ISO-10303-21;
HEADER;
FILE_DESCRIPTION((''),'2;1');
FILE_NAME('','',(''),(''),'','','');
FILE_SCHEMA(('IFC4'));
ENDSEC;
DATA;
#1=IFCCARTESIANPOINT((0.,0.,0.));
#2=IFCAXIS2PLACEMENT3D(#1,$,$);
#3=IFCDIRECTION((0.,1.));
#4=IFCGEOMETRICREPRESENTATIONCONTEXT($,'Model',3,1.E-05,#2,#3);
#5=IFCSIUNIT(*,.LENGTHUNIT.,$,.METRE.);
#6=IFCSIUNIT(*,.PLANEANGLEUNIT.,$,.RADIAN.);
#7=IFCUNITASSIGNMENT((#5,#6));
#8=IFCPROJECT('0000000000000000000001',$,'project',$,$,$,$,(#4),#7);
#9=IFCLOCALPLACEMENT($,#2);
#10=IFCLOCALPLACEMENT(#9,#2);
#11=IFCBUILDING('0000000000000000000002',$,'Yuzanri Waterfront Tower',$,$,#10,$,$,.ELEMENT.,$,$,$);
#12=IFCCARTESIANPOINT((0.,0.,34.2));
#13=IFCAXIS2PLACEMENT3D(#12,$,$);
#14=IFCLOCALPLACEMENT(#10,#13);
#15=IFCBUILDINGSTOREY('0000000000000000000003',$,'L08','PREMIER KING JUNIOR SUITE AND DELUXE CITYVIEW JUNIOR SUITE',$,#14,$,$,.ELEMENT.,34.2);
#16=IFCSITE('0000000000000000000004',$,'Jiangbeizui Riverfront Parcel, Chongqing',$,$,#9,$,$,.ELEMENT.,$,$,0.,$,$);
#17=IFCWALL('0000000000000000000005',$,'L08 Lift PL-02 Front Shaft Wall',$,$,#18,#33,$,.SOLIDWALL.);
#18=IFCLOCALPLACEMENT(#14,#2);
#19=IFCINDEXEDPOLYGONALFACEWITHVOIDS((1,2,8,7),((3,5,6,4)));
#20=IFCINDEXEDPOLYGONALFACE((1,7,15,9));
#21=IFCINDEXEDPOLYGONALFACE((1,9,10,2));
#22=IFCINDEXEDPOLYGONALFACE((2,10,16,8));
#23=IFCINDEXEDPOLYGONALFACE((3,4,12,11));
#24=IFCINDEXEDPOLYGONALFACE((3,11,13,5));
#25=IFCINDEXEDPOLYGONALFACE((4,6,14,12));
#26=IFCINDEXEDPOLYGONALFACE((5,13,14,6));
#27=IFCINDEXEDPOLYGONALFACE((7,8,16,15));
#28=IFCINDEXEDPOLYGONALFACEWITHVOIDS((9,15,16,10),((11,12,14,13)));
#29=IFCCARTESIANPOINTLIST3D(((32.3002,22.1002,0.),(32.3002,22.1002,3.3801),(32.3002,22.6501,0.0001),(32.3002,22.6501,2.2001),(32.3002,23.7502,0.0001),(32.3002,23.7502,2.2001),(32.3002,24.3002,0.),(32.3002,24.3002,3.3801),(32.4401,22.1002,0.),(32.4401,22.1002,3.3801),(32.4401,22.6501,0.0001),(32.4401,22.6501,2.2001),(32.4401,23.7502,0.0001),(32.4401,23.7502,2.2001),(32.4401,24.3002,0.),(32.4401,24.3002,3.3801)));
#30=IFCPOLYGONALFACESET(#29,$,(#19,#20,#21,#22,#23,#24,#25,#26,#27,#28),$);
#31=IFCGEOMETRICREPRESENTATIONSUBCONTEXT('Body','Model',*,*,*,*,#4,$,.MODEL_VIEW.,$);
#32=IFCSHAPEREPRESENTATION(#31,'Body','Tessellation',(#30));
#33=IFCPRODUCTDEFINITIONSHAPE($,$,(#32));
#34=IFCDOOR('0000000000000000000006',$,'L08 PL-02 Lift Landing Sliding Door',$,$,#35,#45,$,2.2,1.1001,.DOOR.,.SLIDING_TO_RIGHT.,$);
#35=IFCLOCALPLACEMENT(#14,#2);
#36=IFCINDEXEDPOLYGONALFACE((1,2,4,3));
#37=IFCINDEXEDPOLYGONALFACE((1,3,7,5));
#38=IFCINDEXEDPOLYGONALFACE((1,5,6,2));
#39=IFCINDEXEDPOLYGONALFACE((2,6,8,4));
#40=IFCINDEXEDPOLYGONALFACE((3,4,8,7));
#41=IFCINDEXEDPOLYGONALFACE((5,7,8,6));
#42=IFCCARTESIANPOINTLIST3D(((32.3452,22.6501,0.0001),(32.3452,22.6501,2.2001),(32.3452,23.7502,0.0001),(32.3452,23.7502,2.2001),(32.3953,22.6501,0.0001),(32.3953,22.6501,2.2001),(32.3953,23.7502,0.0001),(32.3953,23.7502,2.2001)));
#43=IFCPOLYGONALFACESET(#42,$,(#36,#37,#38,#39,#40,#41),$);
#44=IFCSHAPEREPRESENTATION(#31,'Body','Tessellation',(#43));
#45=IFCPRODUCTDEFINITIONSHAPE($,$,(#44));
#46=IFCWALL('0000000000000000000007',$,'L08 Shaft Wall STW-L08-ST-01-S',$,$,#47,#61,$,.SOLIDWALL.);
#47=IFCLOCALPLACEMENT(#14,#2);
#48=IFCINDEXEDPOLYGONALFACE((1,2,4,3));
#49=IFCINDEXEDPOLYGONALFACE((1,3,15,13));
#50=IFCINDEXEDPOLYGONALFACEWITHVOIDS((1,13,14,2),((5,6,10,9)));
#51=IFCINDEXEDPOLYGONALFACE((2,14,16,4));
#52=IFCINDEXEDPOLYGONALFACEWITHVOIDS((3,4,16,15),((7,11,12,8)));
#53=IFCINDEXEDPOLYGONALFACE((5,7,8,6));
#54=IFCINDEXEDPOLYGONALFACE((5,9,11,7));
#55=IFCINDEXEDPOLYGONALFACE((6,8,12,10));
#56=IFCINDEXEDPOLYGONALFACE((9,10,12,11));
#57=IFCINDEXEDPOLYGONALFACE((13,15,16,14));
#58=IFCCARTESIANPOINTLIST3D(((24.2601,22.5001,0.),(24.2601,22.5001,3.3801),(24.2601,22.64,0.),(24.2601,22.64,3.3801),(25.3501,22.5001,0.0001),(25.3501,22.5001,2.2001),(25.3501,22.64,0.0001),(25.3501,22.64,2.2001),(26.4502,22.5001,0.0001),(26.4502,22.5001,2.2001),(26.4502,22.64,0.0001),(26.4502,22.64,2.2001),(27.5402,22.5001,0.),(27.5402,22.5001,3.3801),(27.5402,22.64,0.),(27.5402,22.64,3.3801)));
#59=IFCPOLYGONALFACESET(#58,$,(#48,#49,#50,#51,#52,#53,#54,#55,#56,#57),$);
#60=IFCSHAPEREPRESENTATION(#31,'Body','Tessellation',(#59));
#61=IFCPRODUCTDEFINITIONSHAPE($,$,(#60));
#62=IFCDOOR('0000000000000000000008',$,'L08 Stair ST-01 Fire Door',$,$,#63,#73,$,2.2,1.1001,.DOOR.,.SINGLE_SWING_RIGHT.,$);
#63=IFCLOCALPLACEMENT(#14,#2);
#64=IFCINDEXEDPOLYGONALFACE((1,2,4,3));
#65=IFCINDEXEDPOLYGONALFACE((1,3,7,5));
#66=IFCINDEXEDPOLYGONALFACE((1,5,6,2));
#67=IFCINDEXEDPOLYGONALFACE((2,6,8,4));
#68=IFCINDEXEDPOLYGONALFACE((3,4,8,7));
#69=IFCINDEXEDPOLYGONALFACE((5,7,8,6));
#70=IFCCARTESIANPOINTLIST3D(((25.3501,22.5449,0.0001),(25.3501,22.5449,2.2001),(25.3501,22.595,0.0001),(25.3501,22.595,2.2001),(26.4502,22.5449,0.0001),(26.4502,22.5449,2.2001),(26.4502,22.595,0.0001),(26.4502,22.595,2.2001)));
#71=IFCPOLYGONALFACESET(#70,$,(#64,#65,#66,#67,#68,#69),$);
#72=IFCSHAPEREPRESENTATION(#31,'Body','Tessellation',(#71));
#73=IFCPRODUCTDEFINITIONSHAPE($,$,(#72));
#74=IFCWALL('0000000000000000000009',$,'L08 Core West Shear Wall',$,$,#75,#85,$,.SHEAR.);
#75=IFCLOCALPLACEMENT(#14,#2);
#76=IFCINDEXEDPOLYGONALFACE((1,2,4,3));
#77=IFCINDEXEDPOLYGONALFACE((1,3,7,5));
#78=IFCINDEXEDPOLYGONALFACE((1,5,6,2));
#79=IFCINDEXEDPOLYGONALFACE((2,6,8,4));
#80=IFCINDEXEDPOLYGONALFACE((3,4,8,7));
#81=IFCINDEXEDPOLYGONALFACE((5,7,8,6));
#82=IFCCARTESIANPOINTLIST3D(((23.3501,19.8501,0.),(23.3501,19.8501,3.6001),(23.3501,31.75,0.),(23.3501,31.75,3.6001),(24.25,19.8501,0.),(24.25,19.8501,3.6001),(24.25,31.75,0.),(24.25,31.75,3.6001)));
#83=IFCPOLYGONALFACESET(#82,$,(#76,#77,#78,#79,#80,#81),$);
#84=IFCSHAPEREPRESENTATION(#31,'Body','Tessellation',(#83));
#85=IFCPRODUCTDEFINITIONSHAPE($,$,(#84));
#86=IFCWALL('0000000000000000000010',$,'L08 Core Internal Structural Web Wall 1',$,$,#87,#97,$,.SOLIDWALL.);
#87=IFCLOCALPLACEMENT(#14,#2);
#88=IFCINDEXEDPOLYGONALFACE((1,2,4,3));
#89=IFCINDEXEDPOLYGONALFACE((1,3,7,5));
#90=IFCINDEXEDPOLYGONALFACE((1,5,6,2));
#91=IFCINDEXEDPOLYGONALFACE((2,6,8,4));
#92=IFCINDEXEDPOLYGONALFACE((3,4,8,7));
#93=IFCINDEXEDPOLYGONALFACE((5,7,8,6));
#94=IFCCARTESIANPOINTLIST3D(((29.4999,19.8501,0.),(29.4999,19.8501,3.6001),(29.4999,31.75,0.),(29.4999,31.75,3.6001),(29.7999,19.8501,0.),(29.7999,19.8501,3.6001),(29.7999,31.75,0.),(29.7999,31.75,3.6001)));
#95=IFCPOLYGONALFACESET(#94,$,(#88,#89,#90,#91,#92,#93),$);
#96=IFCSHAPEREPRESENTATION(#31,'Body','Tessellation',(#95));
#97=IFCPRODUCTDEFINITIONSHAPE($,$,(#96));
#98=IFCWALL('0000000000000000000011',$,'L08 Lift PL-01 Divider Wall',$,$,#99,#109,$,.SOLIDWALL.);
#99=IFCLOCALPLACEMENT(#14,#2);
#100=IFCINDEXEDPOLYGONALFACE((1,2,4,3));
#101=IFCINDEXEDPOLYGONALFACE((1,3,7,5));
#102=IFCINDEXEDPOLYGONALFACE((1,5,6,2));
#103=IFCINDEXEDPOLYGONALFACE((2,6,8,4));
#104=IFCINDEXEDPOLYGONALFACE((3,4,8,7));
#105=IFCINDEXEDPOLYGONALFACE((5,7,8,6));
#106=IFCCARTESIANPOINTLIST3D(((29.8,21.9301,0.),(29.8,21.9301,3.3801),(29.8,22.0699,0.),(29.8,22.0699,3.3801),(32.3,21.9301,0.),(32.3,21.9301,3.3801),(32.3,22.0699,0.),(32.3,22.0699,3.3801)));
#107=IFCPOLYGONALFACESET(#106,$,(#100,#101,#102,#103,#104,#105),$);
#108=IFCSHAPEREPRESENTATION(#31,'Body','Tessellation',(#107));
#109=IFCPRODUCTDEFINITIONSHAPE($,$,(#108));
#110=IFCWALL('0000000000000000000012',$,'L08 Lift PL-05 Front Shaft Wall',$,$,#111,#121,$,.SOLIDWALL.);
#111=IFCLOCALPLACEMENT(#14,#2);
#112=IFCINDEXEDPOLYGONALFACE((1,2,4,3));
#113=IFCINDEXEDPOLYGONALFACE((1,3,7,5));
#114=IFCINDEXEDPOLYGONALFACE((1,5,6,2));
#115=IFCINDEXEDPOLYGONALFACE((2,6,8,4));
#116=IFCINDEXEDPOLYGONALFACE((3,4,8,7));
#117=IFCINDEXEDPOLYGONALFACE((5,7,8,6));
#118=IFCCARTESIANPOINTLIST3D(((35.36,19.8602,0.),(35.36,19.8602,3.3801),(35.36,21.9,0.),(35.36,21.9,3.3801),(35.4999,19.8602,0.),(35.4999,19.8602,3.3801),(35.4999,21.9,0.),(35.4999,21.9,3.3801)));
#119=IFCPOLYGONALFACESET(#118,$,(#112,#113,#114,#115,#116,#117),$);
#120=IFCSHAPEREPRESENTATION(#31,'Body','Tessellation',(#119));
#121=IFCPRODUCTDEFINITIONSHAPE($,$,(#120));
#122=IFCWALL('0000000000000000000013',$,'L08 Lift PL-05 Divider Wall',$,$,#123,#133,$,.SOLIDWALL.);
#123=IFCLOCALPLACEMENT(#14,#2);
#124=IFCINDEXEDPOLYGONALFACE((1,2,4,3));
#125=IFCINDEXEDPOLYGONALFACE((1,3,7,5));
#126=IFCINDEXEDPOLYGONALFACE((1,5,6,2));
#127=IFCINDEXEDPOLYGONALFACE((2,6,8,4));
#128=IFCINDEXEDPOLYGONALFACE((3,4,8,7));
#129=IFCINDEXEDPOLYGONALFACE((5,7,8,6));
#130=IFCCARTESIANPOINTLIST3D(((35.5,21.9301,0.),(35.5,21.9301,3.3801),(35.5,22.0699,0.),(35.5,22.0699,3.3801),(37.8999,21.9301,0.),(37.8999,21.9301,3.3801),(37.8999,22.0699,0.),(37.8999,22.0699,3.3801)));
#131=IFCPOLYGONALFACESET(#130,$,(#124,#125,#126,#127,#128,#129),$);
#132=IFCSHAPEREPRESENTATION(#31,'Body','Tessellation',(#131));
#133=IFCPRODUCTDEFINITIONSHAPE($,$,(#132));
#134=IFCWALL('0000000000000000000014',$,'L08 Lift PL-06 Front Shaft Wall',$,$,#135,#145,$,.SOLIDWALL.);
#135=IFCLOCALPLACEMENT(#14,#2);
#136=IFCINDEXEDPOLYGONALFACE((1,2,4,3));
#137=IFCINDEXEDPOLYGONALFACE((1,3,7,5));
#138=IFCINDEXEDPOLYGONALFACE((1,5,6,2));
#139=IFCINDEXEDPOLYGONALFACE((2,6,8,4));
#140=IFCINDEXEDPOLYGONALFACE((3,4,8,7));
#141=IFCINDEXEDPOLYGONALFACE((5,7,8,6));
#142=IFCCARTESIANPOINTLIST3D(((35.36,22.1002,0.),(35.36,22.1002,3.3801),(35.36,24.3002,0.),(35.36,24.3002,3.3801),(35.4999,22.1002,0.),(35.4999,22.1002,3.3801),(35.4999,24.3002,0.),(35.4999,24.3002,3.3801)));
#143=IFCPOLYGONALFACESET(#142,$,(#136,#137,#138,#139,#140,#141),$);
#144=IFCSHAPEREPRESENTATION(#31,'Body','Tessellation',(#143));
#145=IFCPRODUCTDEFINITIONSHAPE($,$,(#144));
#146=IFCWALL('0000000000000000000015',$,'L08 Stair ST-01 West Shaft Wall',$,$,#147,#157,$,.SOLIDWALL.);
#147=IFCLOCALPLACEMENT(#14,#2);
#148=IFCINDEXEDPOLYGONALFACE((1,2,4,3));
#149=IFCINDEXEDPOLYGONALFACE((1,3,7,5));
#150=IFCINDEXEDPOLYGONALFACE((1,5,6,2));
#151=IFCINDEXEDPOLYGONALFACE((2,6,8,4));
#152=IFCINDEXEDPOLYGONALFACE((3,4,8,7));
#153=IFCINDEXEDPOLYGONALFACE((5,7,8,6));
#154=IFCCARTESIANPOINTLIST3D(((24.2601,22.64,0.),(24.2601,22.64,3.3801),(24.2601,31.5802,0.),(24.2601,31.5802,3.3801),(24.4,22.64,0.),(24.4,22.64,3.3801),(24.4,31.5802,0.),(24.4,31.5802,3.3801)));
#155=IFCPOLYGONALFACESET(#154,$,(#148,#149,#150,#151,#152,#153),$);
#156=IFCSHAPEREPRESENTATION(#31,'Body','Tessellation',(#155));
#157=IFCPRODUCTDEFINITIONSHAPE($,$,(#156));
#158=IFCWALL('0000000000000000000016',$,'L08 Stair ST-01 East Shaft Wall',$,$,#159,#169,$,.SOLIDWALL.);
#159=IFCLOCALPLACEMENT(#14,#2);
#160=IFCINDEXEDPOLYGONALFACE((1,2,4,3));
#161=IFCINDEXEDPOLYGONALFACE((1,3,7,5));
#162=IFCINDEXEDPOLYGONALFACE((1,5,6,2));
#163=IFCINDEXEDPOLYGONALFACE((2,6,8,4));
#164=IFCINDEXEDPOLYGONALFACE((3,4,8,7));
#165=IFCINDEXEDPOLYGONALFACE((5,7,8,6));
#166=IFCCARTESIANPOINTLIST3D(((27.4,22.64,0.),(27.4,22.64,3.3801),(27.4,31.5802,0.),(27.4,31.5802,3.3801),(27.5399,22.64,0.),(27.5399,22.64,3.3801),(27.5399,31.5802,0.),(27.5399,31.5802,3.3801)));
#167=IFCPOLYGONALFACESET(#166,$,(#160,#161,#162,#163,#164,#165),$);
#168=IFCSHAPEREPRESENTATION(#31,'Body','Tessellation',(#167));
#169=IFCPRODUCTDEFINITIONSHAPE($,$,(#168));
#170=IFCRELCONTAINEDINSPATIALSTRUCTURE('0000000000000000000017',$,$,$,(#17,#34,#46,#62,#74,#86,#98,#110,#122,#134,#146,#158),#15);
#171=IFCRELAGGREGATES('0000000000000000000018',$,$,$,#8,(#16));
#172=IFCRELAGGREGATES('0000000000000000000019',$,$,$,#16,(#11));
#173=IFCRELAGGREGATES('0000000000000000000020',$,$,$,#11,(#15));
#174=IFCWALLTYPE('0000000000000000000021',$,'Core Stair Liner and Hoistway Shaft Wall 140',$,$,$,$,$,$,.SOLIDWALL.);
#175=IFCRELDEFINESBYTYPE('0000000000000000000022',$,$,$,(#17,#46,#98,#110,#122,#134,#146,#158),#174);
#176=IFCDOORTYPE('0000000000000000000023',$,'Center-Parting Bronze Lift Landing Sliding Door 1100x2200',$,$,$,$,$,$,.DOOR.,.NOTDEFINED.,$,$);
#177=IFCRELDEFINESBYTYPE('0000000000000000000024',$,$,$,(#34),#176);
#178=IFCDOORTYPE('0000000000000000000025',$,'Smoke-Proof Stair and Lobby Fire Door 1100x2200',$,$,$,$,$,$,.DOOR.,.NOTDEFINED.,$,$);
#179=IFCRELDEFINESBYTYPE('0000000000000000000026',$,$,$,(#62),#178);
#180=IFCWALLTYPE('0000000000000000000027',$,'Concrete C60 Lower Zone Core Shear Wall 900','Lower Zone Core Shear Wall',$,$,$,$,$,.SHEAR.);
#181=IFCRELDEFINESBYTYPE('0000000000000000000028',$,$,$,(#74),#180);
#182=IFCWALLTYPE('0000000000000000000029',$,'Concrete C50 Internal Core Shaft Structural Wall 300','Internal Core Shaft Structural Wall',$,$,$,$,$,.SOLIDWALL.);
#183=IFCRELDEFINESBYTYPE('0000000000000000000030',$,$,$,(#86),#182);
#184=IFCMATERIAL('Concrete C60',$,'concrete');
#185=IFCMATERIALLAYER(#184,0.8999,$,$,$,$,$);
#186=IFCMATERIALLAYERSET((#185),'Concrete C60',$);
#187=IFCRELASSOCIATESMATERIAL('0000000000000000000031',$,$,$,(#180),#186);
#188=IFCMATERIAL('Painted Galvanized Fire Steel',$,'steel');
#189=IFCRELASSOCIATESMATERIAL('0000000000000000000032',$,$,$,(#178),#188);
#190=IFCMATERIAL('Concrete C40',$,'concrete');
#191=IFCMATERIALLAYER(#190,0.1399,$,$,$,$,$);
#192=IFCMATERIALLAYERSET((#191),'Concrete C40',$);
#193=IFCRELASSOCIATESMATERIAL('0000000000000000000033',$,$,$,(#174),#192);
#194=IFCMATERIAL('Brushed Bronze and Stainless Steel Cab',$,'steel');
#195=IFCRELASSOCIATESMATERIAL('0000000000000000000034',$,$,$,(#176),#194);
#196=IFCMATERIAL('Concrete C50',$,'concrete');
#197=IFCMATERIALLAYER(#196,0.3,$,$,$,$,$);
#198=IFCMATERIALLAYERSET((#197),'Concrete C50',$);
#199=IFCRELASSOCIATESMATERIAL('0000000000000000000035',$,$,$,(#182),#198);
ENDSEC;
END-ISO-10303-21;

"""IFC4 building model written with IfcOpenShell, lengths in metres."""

from ifc_helpers import new_model, si_unit, direction, frame, frame_2d, origin, place, context, subcontext, project, spatial, rectangle, extrude, source, transform, mapped, material, layer, layer_set, type_object, element, fill, save


model = new_model("IFC4")

# Units and contexts
model_context = context("Model", 3, precision=1e-05, world=origin(), true_north=direction((0.0, 1.0)))
body_context = subcontext(model_context, "Body", "Model", "MODEL_VIEW")
ifc_project = project(units=[si_unit("LENGTHUNIT", "METRE"), si_unit("PLANEANGLEUNIT", "RADIAN")], contexts=[model_context])

# Site, building, storey
site_placement = place(None, origin())
site = spatial("IfcSite", under=ifc_project, at=site_placement, Name="Jiangbeizui Riverfront Parcel, Chongqing", CompositionType="ELEMENT", RefElevation=0.0)
building_placement = place(site_placement, origin())
building = spatial("IfcBuilding", under=site, at=building_placement, Name="Yuzanri Waterfront Tower", CompositionType="ELEMENT")
storey_placement = place(building_placement, frame((0.0, 0.0, 34.2)))
storey = spatial("IfcBuildingStorey", under=building, at=storey_placement, Name="L08", Description="PREMIER KING JUNIOR SUITE AND DELUXE CITYVIEW JUNIOR SUITE", CompositionType="ELEMENT", Elevation=34.2)

# Shared definitions
ifc_material_1 = material(Name="Concrete C60", Category="concrete")
ifc_layer_1 = layer(ifc_material_1, 0.8999)
ifc_layer_set_1 = layer_set([ifc_layer_1], Name="Concrete C60")
wall_type_1 = type_object("IfcWallType", Name="Concrete C60 Lower Zone Core Shear Wall 900", Description="Lower Zone Core Shear Wall", PredefinedType="SHEAR", material=ifc_layer_set_1)
ifc_material_2 = material(Name="Painted Galvanized Fire Steel", Category="steel")
door_type_1 = type_object("IfcDoorType", Name="Smoke-Proof Stair and Lobby Fire Door 1100x2200", OperationType="NOTDEFINED", PredefinedType="DOOR", material=ifc_material_2)
shared_shape_1 = source(origin(), body_context, "Body", "SweptSolid", [
    extrude(rectangle(XDim=1.1001, YDim=2.2, at=frame_2d((0.55, 1.1001))), frame((0.0, 0.0249, 0.0), z_axis=(0.0, -1.0, 0.0), x_axis=(1.0, 0.0, 0.0)), (0.0, 0.0, 1.0), 0.05),
])

# Walls, openings, doors
ifc_material_3 = material(Name="Concrete C40", Category="concrete")
ifc_layer_2 = layer(ifc_material_3, 0.1399)
ifc_layer_set_2 = layer_set([ifc_layer_2], Name="Concrete C40")
wall_type_2 = type_object("IfcWallType", Name="Core Stair Liner and Hoistway Shaft Wall 140", PredefinedType="SOLIDWALL", material=ifc_layer_set_2)
ifc_material_4 = material(Name="Brushed Bronze and Stainless Steel Cab", Category="steel")
door_type_2 = type_object("IfcDoorType", Name="Center-Parting Bronze Lift Landing Sliding Door 1100x2200", OperationType="NOTDEFINED", PredefinedType="DOOR", material=ifc_material_4)
shared_shape_2 = source(origin(), body_context, "Body", "SweptSolid", [
    extrude(rectangle(XDim=1.1001, YDim=2.2, at=frame_2d((0.55, 1.1001))), frame((0.0, 0.0249, 0.0), z_axis=(0.0, -1.0, 0.0), x_axis=(1.0, 0.0, 0.0)), (0.0, 0.0, 1.0), 0.05),
])
wall_1_placement = place(storey_placement, frame((32.3701, 22.1001, 0.0), z_axis=(0.0, 0.0, 1.0), x_axis=(0.0, 1.0, 0.0)))
wall_1 = element("IfcWall", 1, at=wall_1_placement, inside=storey, type_object=wall_type_2, Name="L08 Lift PL-02 Front Shaft Wall", PredefinedType="SOLIDWALL", context=body_context, shape_type="SweptSolid", body=[
    extrude(rectangle(XDim=2.2, YDim=0.1399, at=frame_2d((1.1001, 0.0))), origin(), (0.0, 0.0, 1.0), 3.3801),
])
opening_1_placement = place(wall_1_placement, frame((0.55, 0.0, 0.0)))
opening_1 = element("IfcOpeningElement", 2, at=opening_1_placement, cuts=wall_1, PredefinedType="OPENING", context=body_context, shape_type="SweptSolid", body=[
    extrude(rectangle(XDim=1.1001, YDim=2.2, at=frame_2d((0.55, 1.1001))), frame((0.0, 0.085, 0.0), z_axis=(0.0, -1.0, 0.0), x_axis=(1.0, 0.0, 0.0)), (0.0, 0.0, 1.0), 0.1697),
])
door_1_placement = place(opening_1_placement, origin())
door_1 = element("IfcDoor", 3, at=door_1_placement, inside=storey, type_object=door_type_2, Name="L08 PL-02 Lift Landing Sliding Door", OperationType="SLIDING_TO_RIGHT", OverallHeight=2.2, OverallWidth=1.1001, PredefinedType="DOOR", context=body_context, shape_type="MappedRepresentation", body=[
    mapped(shared_shape_2, transform((0.0, 0.0, 0.0), scale=1.0)),
])
fill(opening_1, door_1)
wall_2_placement = place(storey_placement, frame((24.26, 22.5701, 0.0), z_axis=(0.0, 0.0, 1.0), x_axis=(1.0, 0.0, 0.0)))
wall_2 = element("IfcWall", 4, at=wall_2_placement, inside=storey, type_object=wall_type_2, Name="L08 Shaft Wall STW-L08-ST-01-S", PredefinedType="SOLIDWALL", context=body_context, shape_type="SweptSolid", body=[
    extrude(rectangle(XDim=3.28, YDim=0.1399, at=frame_2d((1.6401, 0.0))), origin(), (0.0, 0.0, 1.0), 3.3801),
])
opening_2_placement = place(wall_2_placement, frame((1.0901, 0.0, 0.0)))
opening_2 = element("IfcOpeningElement", 5, at=opening_2_placement, cuts=wall_2, PredefinedType="OPENING", context=body_context, shape_type="SweptSolid", body=[
    extrude(rectangle(XDim=1.1001, YDim=2.2, at=frame_2d((0.55, 1.1001))), frame((0.0, 0.085, 0.0), z_axis=(0.0, -1.0, 0.0), x_axis=(1.0, 0.0, 0.0)), (0.0, 0.0, 1.0), 0.1697),
])
door_2_placement = place(opening_2_placement, origin())
door_2 = element("IfcDoor", 6, at=door_2_placement, inside=storey, type_object=door_type_1, Name="L08 Stair ST-01 Fire Door", OperationType="SINGLE_SWING_RIGHT", OverallHeight=2.2, OverallWidth=1.1001, PredefinedType="DOOR", context=body_context, shape_type="MappedRepresentation", body=[
    mapped(shared_shape_1, transform((0.0, 0.0, 0.0), scale=1.0)),
])
fill(opening_2, door_2)

# Walls
shared_shape_3 = source(origin(), body_context, "Body", "SweptSolid", [
    extrude(rectangle(XDim=11.8999, YDim=0.8999, at=frame_2d((5.95, 0.0))), origin(), (0.0, 0.0, 1.0), 3.6001),
])
wall_3_placement = place(storey_placement, frame((23.8, 19.8501, 0.0), z_axis=(0.0, 0.0, 1.0), x_axis=(0.0, 1.0, 0.0)))
element("IfcWall", 7, at=wall_3_placement, inside=storey, type_object=wall_type_1, Name="L08 Core West Shear Wall", PredefinedType="SHEAR", context=body_context, shape_type="MappedRepresentation", body=[
    mapped(shared_shape_3, transform((0.0, 0.0, 0.0), scale=1.0)),
])
ifc_material_5 = material(Name="Concrete C50", Category="concrete")
ifc_layer_3 = layer(ifc_material_5, 0.3)
ifc_layer_set_3 = layer_set([ifc_layer_3], Name="Concrete C50")
wall_type_3 = type_object("IfcWallType", Name="Concrete C50 Internal Core Shaft Structural Wall 300", Description="Internal Core Shaft Structural Wall", PredefinedType="SOLIDWALL", material=ifc_layer_set_3)
shared_shape_4 = source(origin(), body_context, "Body", "SweptSolid", [
    extrude(rectangle(XDim=11.8999, YDim=0.3, at=frame_2d((5.95, 0.0))), origin(), (0.0, 0.0, 1.0), 3.6001),
])
wall_4_placement = place(storey_placement, frame((29.6499, 19.8501, 0.0), z_axis=(0.0, 0.0, 1.0), x_axis=(0.0, 1.0, 0.0)))
element("IfcWall", 8, at=wall_4_placement, inside=storey, type_object=wall_type_3, Name="L08 Core Internal Structural Web Wall 1", PredefinedType="SOLIDWALL", context=body_context, shape_type="MappedRepresentation", body=[
    mapped(shared_shape_4, transform((0.0, 0.0, 0.0), scale=1.0)),
])
shared_shape_5 = source(origin(), body_context, "Body", "SweptSolid", [
    extrude(rectangle(XDim=2.5, YDim=0.1399, at=frame_2d((1.25, 0.0))), origin(), (0.0, 0.0, 1.0), 3.3801),
])
wall_5_placement = place(storey_placement, frame((29.8, 22.0, 0.0), z_axis=(0.0, 0.0, 1.0), x_axis=(1.0, 0.0, 0.0)))
element("IfcWall", 9, at=wall_5_placement, inside=storey, type_object=wall_type_2, Name="L08 Lift PL-01 Divider Wall", PredefinedType="SOLIDWALL", context=body_context, shape_type="MappedRepresentation", body=[
    mapped(shared_shape_5, transform((0.0, 0.0, 0.0), scale=1.0)),
])
shared_shape_6 = source(origin(), body_context, "Body", "SweptSolid", [
    extrude(rectangle(XDim=2.0398, YDim=0.1399, at=frame_2d((1.02, 0.0))), origin(), (0.0, 0.0, 1.0), 3.3801),
])
wall_6_placement = place(storey_placement, frame((35.4299, 19.8601, 0.0), z_axis=(0.0, 0.0, 1.0), x_axis=(0.0, 1.0, 0.0)))
element("IfcWall", 10, at=wall_6_placement, inside=storey, type_object=wall_type_2, Name="L08 Lift PL-05 Front Shaft Wall", PredefinedType="SOLIDWALL", context=body_context, shape_type="MappedRepresentation", body=[
    mapped(shared_shape_6, transform((0.0, 0.0, 0.0), scale=1.0)),
])
shared_shape_7 = source(origin(), body_context, "Body", "SweptSolid", [
    extrude(rectangle(XDim=2.3999, YDim=0.1399, at=frame_2d((1.2, 0.0))), origin(), (0.0, 0.0, 1.0), 3.3801),
])
wall_7_placement = place(storey_placement, frame((35.5, 22.0, 0.0), z_axis=(0.0, 0.0, 1.0), x_axis=(1.0, 0.0, 0.0)))
element("IfcWall", 11, at=wall_7_placement, inside=storey, type_object=wall_type_2, Name="L08 Lift PL-05 Divider Wall", PredefinedType="SOLIDWALL", context=body_context, shape_type="MappedRepresentation", body=[
    mapped(shared_shape_7, transform((0.0, 0.0, 0.0), scale=1.0)),
])
shared_shape_8 = source(origin(), body_context, "Body", "SweptSolid", [
    extrude(rectangle(XDim=2.2, YDim=0.1399, at=frame_2d((1.1001, 0.0))), origin(), (0.0, 0.0, 1.0), 3.3801),
])
wall_8_placement = place(storey_placement, frame((35.4299, 22.1001, 0.0), z_axis=(0.0, 0.0, 1.0), x_axis=(0.0, 1.0, 0.0)))
element("IfcWall", 12, at=wall_8_placement, inside=storey, type_object=wall_type_2, Name="L08 Lift PL-06 Front Shaft Wall", PredefinedType="SOLIDWALL", context=body_context, shape_type="MappedRepresentation", body=[
    mapped(shared_shape_8, transform((0.0, 0.0, 0.0), scale=1.0)),
])
shared_shape_9 = source(origin(), body_context, "Body", "SweptSolid", [
    extrude(rectangle(XDim=8.9402, YDim=0.1399, at=frame_2d((4.4702, 0.0))), origin(), (0.0, 0.0, 1.0), 3.3801),
])
for number, where, z_axis, x_axis, name in (
    (13, (24.3301, 22.6399, 0.0), (0.0, 0.0, 1.0), (0.0, 1.0, 0.0), "L08 Stair ST-01 West Shaft Wall"),
    (14, (27.47, 22.6399, 0.0), (0.0, 0.0, 1.0), (0.0, 1.0, 0.0), "L08 Stair ST-01 East Shaft Wall"),
):
    element("IfcWall", number, at=place(storey_placement, frame(where, z_axis=z_axis, x_axis=x_axis)), inside=storey, type_object=wall_type_2, Name=name, PredefinedType="SOLIDWALL", context=body_context, shape_type="MappedRepresentation", body=[
        mapped(shared_shape_9, transform((0.0, 0.0, 0.0), scale=1.0)),
    ])

save(model, "model.ifc")
